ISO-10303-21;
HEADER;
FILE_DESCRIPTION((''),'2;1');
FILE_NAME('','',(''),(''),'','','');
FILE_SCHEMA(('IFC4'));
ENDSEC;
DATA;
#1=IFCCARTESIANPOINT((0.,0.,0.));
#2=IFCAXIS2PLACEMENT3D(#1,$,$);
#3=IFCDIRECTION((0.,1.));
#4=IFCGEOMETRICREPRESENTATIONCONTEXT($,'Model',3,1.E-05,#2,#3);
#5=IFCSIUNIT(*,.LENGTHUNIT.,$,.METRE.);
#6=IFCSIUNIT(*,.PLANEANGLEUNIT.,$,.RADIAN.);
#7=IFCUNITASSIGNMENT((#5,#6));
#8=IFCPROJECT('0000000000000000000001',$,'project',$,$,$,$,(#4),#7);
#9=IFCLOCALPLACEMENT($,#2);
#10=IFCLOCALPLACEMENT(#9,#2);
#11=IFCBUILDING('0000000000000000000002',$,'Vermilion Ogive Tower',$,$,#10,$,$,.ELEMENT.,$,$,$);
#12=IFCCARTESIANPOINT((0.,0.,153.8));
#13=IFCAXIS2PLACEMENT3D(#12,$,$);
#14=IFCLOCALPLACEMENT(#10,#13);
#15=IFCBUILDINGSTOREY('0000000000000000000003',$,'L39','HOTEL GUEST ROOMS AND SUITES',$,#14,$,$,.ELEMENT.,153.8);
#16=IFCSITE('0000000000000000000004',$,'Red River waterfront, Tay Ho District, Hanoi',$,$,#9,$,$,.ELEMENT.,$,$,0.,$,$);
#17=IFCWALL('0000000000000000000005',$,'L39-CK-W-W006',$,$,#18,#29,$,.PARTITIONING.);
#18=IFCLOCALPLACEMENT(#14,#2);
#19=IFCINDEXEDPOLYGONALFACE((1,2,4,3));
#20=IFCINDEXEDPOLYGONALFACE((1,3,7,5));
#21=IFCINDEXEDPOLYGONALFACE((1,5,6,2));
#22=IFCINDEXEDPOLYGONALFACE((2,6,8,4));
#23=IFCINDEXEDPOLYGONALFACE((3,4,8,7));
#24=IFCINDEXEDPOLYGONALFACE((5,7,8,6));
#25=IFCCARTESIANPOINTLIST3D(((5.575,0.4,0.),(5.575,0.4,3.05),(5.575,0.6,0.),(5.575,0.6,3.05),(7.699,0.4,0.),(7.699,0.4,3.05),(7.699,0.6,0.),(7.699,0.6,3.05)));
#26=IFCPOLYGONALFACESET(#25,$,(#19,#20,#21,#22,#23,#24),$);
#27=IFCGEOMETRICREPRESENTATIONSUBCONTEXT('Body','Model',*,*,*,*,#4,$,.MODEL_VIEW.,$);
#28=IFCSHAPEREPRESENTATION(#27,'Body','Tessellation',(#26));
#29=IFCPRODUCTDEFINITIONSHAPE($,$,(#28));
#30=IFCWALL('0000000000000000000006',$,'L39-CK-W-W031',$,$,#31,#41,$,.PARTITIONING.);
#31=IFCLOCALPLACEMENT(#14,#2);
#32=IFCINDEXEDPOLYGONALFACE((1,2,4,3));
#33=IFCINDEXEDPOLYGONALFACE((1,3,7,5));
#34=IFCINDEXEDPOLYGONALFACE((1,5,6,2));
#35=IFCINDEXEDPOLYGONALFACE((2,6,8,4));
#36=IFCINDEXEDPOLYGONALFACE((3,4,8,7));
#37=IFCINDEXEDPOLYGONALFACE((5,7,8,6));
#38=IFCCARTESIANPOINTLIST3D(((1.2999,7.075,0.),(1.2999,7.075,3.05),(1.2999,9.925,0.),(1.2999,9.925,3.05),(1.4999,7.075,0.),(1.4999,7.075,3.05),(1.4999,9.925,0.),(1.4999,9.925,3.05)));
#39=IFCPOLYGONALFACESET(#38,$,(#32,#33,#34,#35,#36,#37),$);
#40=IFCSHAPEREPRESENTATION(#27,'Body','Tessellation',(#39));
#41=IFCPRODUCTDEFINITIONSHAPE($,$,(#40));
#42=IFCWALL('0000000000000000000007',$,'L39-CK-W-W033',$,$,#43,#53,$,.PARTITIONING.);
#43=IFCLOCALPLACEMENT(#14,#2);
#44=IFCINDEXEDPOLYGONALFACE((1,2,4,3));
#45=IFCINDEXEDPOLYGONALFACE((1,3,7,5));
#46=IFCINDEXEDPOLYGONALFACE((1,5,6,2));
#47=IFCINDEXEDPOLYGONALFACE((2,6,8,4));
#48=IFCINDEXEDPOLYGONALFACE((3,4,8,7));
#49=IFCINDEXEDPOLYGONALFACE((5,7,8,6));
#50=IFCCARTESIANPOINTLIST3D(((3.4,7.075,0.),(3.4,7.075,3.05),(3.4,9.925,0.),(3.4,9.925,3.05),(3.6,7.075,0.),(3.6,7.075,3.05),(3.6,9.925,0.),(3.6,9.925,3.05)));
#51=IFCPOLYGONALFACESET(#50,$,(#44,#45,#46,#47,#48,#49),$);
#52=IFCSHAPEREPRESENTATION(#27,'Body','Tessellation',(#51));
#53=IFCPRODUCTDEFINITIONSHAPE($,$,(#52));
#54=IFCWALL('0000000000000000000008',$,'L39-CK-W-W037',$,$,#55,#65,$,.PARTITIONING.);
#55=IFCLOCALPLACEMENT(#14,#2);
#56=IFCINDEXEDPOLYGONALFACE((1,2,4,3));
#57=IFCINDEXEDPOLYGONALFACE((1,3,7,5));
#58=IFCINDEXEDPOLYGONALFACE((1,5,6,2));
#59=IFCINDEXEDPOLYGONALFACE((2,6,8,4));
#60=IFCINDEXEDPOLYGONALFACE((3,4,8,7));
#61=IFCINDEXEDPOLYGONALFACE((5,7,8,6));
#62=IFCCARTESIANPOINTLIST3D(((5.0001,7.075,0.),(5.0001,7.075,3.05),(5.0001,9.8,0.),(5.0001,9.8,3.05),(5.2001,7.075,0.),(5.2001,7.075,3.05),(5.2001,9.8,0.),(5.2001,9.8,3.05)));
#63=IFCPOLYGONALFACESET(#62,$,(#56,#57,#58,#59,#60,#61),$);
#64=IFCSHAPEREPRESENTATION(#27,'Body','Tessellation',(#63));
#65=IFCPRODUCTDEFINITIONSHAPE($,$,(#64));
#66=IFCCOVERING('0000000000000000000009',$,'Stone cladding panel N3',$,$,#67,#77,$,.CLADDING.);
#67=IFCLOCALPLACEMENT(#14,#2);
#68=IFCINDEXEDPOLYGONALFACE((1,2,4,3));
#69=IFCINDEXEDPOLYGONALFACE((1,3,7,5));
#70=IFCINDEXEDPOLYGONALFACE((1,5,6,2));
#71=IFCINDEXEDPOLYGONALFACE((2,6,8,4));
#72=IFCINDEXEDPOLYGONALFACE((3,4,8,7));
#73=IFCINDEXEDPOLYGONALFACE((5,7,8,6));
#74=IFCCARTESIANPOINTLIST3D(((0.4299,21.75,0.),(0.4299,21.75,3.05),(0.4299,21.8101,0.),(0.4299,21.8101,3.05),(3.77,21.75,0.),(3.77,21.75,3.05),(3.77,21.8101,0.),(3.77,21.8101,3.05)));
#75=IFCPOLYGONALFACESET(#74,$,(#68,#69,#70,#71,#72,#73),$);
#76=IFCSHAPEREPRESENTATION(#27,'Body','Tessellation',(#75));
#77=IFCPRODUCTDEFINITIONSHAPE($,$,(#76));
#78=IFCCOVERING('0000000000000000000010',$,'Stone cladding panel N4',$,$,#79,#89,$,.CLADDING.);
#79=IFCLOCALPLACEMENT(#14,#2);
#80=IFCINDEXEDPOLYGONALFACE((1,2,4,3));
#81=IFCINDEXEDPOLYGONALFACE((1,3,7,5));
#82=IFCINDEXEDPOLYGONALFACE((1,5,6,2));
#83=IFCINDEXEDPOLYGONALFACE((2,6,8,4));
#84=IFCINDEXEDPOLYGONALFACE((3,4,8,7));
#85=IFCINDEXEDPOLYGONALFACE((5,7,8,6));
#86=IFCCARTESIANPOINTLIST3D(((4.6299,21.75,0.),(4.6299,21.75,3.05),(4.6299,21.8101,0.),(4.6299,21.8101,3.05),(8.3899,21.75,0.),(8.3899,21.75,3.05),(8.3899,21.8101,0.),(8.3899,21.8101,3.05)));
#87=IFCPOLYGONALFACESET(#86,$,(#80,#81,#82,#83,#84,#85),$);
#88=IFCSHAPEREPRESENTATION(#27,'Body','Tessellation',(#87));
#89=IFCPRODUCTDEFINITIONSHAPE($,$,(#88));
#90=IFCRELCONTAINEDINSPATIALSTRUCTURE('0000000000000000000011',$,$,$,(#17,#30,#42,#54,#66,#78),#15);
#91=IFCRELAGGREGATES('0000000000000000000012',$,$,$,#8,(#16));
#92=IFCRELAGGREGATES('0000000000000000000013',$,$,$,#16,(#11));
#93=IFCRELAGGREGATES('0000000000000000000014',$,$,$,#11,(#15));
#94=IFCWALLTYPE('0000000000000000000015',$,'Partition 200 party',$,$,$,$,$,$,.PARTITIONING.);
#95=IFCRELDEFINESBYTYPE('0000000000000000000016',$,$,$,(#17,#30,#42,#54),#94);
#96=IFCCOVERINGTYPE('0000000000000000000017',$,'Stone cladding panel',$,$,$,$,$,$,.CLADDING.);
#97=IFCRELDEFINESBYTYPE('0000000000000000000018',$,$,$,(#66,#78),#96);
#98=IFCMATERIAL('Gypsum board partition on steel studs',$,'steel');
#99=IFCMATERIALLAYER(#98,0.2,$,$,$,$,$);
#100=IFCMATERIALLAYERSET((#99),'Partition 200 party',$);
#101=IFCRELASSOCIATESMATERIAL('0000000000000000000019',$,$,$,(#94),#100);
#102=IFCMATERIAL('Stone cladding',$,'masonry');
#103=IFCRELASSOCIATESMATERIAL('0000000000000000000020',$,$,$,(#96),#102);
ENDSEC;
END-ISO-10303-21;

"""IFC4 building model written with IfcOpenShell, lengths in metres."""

from ifc_helpers import new_model, si_unit, direction, frame, frame_2d, origin, place, context, subcontext, project, spatial, polyline, rectangle, outline, extrude, material, layer, layer_set, type_object, element, save


model = new_model("IFC4")

# Units and contexts
model_context = context("Model", 3, precision=1e-05, world=origin(), true_north=direction((0.0, 1.0)))
body_context = subcontext(model_context, "Body", "Model", "MODEL_VIEW")
ifc_project = project(units=[si_unit("LENGTHUNIT", "METRE"), si_unit("PLANEANGLEUNIT", "RADIAN")], contexts=[model_context])

# Site, building, storey
site_placement = place(None, origin())
site = spatial("IfcSite", under=ifc_project, at=site_placement, Name="Red River waterfront, Tay Ho District, Hanoi", CompositionType="ELEMENT", RefElevation=0.0)
building_placement = place(site_placement, origin())
building = spatial("IfcBuilding", under=site, at=building_placement, Name="Vermilion Ogive Tower", CompositionType="ELEMENT")
storey_placement = place(building_placement, frame((0.0, 0.0, 153.8)))
storey = spatial("IfcBuildingStorey", under=building, at=storey_placement, Name="L39", Description="HOTEL GUEST ROOMS AND SUITES", CompositionType="ELEMENT", Elevation=153.8)

# Walls
ifc_material_1 = material(Name="Gypsum board partition on steel studs", Category="steel")
ifc_layer_1 = layer(ifc_material_1, 0.2)
ifc_layer_set_1 = layer_set([ifc_layer_1], Name="Partition 200 party")
wall_type_1 = type_object("IfcWallType", Name="Partition 200 party", PredefinedType="PARTITIONING", material=ifc_layer_set_1)
wall_1_placement = place(storey_placement, frame((5.575, 0.5, 0.0), z_axis=(0.0, 0.0, 1.0), x_axis=(1.0, 0.0, 0.0)))
element("IfcWall", 1, at=wall_1_placement, inside=storey, type_object=wall_type_1, Name="L39-CK-W-W006", PredefinedType="PARTITIONING", context=body_context, shape_type="SweptSolid", body=[
    extrude(rectangle(XDim=2.124, YDim=0.2, at=frame_2d((1.062, 0.0))), origin(), (0.0, 0.0, 1.0), 3.05),
])
for number, where, z_axis, x_axis, name in (
    (2, (1.3999, 7.075, 0.0), (0.0, 0.0, 1.0), (0.0, 1.0, 0.0), "L39-CK-W-W031"),
    (3, (3.5, 7.075, 0.0), (0.0, 0.0, 1.0), (0.0, 1.0, 0.0), "L39-CK-W-W033"),
):
    element("IfcWall", number, at=place(storey_placement, frame(where, z_axis=z_axis, x_axis=x_axis)), inside=storey, type_object=wall_type_1, Name=name, PredefinedType="PARTITIONING", context=body_context, shape_type="SweptSolid", body=[
        extrude(rectangle(XDim=2.8501, YDim=0.2, at=frame_2d((1.425, 0.0))), origin(), (0.0, 0.0, 1.0), 3.05),
    ])
wall_2_placement = place(storey_placement, frame((5.1001, 7.075, 0.0), z_axis=(0.0, 0.0, 1.0), x_axis=(0.0, 1.0, 0.0)))
element("IfcWall", 4, at=wall_2_placement, inside=storey, type_object=wall_type_1, Name="L39-CK-W-W037", PredefinedType="PARTITIONING", context=body_context, shape_type="SweptSolid", body=[
    extrude(rectangle(XDim=2.7251, YDim=0.2, at=frame_2d((1.3625, 0.0))), origin(), (0.0, 0.0, 1.0), 3.05),
])

# Coverings
ifc_material_2 = material(Name="Stone cladding", Category="masonry")
covering_type = type_object("IfcCoveringType", Name="Stone cladding panel", PredefinedType="CLADDING", material=ifc_material_2)
covering_1_placement = place(storey_placement, origin())
element("IfcCovering", 5, at=covering_1_placement, inside=storey, type_object=covering_type, Name="Stone cladding panel N3", PredefinedType="CLADDING", context=body_context, shape_type="SweptSolid", body=[
    extrude(outline(polyline([(0.4299, 21.75), (3.77, 21.75), (3.77, 21.8101), (0.4299, 21.8101), (0.4299, 21.75)])), origin(), (0.0, 0.0, 1.0), 3.05),
])
covering_2_placement = place(storey_placement, origin())
element("IfcCovering", 6, at=covering_2_placement, inside=storey, type_object=covering_type, Name="Stone cladding panel N4", PredefinedType="CLADDING", context=body_context, shape_type="SweptSolid", body=[
    extrude(outline(polyline([(4.6299, 21.75), (8.3899, 21.75), (8.3899, 21.8101), (4.6299, 21.8101), (4.6299, 21.75)])), origin(), (0.0, 0.0, 1.0), 3.05),
])

save(model, "model.ifc")
